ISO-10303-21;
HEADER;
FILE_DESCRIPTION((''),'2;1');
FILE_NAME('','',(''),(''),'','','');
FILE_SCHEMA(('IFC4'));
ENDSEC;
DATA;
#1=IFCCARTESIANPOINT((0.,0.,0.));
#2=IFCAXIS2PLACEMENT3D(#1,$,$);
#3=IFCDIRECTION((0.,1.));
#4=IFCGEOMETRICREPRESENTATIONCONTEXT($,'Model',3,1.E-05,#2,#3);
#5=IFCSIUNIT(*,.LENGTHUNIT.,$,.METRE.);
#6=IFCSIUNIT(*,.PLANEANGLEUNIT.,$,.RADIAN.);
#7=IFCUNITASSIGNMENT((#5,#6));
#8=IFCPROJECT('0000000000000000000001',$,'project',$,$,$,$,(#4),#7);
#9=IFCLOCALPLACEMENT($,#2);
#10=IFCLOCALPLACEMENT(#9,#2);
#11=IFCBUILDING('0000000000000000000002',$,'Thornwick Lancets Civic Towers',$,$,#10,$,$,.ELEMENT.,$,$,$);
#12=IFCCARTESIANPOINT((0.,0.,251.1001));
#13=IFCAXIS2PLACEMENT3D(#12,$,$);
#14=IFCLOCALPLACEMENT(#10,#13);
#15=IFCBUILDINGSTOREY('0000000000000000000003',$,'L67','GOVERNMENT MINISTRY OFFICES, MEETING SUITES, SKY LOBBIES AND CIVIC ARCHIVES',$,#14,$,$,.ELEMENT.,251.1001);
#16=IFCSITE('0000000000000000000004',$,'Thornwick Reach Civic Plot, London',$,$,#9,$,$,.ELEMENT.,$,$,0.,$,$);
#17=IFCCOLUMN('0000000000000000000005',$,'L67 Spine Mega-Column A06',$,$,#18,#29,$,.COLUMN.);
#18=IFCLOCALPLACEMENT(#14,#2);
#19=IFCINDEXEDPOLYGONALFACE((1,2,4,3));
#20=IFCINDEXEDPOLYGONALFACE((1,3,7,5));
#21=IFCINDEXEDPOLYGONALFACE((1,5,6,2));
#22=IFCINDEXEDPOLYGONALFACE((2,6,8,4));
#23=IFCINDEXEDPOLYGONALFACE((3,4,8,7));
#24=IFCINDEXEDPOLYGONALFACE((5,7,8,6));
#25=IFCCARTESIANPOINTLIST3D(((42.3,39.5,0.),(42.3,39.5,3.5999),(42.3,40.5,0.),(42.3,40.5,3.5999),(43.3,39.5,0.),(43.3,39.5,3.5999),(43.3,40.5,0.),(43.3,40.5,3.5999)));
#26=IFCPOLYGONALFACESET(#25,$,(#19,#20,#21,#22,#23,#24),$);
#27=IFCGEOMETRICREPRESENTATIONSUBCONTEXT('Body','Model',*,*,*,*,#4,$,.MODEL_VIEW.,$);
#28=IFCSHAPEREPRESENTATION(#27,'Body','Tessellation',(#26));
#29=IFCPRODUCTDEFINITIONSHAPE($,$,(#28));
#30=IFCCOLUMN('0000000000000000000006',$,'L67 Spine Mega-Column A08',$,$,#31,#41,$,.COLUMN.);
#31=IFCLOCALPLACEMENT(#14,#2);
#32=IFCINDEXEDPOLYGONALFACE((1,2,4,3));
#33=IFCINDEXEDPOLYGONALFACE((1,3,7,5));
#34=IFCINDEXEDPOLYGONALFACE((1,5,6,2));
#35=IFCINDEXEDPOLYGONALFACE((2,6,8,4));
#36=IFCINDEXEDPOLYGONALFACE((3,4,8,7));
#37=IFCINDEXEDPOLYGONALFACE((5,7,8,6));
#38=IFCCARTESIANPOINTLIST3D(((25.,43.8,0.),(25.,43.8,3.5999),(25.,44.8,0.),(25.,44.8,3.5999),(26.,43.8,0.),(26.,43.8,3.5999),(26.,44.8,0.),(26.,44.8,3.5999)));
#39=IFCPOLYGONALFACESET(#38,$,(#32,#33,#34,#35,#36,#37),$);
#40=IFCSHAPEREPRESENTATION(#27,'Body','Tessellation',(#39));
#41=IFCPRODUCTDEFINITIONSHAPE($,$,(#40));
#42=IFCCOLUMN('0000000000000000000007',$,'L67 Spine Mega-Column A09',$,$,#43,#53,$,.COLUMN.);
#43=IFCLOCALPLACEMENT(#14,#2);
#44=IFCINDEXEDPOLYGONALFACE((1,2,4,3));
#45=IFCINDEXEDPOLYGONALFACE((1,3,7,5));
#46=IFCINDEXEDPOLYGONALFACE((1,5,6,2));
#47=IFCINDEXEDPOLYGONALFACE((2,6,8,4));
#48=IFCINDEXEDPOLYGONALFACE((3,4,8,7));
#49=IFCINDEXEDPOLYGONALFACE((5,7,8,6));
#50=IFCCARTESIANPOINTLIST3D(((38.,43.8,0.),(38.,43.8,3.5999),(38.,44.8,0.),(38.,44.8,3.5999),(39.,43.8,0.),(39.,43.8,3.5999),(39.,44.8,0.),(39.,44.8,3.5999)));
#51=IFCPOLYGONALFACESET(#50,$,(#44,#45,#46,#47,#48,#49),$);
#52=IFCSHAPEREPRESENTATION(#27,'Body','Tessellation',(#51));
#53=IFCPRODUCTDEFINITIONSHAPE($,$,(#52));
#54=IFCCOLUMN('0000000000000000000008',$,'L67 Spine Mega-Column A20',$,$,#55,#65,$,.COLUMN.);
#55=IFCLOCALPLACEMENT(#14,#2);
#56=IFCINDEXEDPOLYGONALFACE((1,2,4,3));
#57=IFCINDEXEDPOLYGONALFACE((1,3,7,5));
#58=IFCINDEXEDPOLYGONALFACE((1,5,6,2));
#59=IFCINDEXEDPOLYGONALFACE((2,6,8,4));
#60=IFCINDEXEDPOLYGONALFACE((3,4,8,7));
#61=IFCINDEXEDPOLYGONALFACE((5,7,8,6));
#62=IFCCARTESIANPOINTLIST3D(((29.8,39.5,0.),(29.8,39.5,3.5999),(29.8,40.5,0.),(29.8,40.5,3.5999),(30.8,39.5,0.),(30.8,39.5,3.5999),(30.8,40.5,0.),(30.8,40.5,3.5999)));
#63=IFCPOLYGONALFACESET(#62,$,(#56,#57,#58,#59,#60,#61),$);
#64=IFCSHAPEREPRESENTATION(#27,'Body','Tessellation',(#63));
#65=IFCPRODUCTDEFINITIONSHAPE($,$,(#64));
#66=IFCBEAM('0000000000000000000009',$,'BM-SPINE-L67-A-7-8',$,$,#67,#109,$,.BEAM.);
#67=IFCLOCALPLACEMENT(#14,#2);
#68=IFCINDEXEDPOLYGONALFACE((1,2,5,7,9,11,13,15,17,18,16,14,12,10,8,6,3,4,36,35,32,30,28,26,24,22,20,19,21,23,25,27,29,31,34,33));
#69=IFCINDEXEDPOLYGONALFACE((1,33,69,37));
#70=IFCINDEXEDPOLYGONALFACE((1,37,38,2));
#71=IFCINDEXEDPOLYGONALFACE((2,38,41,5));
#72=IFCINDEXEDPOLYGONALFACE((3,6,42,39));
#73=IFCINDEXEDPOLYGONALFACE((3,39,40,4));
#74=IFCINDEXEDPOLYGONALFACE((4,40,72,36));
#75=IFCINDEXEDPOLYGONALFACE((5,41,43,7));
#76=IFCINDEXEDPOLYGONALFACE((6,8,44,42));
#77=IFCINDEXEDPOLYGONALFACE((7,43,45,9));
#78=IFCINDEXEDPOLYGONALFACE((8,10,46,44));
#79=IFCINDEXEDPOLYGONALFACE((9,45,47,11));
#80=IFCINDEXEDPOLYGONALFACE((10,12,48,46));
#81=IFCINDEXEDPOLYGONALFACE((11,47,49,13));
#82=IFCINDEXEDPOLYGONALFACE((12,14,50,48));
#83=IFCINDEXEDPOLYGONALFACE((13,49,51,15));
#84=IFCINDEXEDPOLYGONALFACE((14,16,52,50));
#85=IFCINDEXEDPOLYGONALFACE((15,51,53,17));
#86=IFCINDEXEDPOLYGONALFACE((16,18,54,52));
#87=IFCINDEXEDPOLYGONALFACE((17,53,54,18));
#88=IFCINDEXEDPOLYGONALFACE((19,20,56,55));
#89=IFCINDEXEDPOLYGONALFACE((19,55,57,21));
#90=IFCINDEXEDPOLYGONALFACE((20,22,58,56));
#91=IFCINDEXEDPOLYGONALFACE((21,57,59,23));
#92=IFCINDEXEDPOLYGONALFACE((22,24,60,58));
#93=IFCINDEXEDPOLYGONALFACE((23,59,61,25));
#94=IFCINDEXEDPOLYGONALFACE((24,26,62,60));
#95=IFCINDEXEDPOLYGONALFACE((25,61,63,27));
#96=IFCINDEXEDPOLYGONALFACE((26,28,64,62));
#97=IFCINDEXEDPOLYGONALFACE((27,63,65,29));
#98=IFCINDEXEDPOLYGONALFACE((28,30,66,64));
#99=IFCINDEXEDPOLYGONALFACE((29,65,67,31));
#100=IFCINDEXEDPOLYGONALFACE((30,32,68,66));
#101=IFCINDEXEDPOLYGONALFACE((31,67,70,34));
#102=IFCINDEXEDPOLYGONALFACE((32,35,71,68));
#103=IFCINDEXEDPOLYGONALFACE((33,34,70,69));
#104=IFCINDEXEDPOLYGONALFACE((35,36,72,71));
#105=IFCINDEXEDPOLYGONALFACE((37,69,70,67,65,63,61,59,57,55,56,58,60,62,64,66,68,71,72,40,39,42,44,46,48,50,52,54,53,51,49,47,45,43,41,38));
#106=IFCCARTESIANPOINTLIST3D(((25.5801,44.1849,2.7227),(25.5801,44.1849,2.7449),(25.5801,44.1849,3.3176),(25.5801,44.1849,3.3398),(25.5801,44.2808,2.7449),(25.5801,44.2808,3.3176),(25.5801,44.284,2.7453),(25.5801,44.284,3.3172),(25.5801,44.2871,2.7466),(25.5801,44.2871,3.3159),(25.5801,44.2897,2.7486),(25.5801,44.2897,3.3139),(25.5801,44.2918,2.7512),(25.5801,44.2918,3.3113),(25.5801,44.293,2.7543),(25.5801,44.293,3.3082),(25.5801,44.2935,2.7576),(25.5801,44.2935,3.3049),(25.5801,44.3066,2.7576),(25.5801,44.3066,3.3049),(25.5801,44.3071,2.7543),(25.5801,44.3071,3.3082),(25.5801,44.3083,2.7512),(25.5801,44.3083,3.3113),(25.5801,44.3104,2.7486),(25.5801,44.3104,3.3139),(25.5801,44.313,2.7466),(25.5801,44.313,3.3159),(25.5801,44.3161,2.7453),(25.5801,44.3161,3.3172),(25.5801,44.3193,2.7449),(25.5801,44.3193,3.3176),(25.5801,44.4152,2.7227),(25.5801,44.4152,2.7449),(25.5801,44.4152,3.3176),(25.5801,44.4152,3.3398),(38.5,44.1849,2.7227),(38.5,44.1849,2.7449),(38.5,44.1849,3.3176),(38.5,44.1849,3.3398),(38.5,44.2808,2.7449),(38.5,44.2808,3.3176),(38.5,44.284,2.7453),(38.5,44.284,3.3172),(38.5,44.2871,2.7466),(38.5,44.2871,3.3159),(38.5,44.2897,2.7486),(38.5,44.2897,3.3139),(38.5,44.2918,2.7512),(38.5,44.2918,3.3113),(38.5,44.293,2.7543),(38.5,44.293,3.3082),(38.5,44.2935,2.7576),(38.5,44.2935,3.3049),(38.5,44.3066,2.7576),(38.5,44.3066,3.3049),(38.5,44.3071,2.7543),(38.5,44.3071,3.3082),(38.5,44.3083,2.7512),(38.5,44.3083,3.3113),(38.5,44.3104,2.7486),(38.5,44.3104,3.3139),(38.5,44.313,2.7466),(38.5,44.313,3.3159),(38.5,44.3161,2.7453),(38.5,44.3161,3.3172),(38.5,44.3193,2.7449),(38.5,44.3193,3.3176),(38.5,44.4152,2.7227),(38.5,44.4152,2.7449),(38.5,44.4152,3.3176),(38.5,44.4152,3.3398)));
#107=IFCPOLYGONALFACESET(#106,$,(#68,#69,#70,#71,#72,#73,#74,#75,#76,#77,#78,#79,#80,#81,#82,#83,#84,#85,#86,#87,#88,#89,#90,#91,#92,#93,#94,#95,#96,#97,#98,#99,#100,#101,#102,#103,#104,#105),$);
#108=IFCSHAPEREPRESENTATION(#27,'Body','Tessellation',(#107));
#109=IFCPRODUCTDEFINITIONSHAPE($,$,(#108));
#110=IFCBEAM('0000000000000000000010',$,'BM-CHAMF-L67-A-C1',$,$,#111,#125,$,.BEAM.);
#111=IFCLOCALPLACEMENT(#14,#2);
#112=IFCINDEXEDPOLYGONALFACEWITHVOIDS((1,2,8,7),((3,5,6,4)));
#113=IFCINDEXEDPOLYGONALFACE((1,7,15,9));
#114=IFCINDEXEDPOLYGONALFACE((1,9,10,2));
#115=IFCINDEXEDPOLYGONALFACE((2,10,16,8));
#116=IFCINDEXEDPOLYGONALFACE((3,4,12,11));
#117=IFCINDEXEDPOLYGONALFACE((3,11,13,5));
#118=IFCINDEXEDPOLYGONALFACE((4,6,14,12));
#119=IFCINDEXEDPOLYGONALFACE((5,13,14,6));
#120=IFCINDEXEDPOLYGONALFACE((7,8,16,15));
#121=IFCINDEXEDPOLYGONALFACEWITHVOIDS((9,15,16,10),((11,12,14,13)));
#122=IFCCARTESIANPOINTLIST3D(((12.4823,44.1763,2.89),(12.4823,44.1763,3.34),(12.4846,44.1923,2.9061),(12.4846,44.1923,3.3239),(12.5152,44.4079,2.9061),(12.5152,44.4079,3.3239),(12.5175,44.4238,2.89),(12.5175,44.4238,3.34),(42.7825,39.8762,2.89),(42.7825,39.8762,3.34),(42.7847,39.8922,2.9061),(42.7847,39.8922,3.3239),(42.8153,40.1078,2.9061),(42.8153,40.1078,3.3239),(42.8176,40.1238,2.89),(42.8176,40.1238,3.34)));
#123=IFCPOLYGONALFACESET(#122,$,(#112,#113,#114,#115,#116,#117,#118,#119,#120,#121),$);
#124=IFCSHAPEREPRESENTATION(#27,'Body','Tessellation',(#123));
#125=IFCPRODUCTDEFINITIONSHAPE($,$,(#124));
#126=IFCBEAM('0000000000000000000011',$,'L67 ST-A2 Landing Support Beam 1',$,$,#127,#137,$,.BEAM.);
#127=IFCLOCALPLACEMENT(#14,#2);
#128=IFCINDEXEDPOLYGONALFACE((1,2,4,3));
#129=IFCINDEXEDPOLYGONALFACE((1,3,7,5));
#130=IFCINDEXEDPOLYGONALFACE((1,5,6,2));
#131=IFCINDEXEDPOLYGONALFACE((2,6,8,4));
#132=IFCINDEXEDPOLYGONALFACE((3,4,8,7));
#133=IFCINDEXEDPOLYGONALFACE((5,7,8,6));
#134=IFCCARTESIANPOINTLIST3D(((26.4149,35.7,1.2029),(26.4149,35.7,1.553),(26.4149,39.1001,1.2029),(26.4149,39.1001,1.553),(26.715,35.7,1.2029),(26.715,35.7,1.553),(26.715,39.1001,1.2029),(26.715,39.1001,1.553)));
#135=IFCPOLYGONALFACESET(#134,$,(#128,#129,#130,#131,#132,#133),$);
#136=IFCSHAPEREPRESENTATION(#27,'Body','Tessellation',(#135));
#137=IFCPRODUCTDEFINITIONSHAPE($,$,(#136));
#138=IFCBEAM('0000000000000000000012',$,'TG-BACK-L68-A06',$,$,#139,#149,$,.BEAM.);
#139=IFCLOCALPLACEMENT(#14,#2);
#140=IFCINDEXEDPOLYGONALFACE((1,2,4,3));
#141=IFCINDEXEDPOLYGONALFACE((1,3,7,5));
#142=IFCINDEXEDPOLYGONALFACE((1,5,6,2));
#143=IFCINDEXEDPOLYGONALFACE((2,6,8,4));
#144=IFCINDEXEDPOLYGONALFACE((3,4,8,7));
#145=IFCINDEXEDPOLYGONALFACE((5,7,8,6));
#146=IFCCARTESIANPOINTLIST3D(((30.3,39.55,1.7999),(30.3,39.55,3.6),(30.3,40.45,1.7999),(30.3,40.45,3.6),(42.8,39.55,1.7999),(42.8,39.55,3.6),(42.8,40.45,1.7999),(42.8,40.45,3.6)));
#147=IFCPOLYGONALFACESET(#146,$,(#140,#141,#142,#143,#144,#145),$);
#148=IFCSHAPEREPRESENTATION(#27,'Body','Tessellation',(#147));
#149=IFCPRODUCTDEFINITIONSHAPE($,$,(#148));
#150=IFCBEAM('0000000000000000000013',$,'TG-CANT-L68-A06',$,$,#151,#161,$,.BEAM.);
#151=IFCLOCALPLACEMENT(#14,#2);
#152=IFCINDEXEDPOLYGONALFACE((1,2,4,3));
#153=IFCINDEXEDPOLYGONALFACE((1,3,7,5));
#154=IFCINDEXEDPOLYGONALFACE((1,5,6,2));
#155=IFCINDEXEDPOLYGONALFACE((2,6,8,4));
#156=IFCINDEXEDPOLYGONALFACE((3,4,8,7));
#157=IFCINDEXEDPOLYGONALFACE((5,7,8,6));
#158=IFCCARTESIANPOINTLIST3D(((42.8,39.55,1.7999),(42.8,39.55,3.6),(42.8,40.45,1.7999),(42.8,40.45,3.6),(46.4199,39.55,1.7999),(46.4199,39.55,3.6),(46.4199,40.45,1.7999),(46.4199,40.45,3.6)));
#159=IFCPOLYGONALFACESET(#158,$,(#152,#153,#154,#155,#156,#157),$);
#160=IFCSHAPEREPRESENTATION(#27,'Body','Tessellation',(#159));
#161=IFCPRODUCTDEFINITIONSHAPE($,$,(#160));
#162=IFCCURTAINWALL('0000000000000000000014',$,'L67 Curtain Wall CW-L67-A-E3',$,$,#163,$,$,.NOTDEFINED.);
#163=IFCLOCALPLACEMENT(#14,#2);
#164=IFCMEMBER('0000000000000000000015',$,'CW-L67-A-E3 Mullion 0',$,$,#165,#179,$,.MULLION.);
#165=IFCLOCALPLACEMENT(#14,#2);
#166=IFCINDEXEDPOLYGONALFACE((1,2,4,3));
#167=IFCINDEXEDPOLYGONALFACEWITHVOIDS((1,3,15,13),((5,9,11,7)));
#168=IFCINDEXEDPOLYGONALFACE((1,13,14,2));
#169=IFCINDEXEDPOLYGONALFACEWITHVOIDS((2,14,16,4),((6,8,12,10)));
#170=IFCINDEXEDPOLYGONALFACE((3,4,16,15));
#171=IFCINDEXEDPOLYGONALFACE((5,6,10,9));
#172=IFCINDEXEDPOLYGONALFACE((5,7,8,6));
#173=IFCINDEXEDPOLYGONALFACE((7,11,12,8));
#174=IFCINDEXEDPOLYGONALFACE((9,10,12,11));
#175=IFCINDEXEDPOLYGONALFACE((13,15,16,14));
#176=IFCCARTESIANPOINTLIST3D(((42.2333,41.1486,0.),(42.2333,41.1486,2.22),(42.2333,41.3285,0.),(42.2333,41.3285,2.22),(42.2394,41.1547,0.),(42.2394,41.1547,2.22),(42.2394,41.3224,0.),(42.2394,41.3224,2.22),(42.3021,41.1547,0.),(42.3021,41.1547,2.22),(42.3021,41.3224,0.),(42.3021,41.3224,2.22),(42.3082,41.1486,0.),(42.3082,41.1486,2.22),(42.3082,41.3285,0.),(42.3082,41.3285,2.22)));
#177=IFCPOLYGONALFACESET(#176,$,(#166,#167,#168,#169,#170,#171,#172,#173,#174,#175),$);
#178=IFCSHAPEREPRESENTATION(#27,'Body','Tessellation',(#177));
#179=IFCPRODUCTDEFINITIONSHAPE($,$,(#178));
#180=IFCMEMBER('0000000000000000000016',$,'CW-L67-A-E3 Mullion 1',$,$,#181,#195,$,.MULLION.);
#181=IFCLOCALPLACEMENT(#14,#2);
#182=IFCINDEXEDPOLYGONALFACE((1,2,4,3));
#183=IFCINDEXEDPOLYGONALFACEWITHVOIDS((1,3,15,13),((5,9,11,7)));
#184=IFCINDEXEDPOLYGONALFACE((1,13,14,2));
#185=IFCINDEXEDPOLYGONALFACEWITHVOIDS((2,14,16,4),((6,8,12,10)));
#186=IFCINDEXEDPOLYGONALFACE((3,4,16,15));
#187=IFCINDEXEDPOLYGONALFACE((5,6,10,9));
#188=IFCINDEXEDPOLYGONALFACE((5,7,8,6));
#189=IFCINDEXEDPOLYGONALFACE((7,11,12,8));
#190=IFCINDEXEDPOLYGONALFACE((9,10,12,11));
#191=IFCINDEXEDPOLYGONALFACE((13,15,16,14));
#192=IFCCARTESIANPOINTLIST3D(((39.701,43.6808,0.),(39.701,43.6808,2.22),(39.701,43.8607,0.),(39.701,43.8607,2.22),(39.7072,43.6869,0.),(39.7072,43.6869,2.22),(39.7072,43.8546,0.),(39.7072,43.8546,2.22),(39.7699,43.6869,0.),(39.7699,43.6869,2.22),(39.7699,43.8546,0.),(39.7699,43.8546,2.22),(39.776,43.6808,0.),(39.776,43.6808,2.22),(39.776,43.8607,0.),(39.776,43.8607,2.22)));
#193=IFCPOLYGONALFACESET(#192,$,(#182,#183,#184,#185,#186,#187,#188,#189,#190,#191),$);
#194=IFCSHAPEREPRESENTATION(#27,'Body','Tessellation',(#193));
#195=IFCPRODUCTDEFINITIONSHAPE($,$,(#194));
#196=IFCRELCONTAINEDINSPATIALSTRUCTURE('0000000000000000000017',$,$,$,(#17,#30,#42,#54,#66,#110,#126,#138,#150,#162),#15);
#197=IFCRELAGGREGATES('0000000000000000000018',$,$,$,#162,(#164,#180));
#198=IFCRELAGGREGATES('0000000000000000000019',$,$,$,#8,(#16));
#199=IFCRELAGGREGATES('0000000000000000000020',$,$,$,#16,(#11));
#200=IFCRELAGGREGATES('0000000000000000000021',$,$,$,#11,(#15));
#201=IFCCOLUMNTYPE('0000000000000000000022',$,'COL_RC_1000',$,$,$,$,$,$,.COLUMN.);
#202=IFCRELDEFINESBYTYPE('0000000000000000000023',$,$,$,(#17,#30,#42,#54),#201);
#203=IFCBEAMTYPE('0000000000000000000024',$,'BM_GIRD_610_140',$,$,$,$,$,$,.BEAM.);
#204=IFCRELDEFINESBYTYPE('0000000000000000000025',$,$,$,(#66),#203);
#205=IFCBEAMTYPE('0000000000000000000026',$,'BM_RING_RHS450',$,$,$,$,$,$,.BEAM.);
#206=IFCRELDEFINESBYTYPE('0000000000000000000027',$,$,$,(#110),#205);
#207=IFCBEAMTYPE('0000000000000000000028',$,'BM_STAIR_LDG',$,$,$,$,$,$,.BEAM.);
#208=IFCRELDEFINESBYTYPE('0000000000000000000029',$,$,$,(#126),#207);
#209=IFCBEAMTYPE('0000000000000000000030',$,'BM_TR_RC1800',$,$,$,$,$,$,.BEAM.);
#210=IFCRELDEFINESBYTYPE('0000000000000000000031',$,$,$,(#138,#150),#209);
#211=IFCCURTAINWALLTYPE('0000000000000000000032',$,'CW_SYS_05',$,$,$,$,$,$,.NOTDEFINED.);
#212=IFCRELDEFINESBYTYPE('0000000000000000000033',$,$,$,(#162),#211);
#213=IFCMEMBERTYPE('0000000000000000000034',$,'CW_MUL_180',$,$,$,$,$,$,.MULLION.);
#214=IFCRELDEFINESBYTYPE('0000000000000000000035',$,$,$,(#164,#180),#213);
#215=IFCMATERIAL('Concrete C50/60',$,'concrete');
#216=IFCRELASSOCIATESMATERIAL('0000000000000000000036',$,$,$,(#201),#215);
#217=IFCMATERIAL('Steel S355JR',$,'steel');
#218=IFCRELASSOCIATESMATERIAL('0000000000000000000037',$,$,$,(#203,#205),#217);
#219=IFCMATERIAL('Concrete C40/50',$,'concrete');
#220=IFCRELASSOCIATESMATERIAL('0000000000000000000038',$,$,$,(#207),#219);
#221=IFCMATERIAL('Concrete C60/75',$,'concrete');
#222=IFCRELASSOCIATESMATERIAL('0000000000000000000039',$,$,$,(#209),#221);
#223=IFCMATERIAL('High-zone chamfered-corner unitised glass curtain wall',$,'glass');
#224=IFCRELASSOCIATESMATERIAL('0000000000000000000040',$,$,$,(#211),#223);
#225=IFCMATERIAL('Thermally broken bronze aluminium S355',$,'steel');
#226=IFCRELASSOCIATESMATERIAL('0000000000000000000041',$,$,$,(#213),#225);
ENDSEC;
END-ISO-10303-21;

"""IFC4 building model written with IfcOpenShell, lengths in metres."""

from ifc_helpers import new_model, si_unit, direction, frame, origin, origin_2d, place, context, subcontext, project, spatial, rectangle, hollow_rectangle, i_section, extrude, material, material_profile, profile_set, type_object, element, aggregate, save


model = new_model("IFC4")

# Units and contexts
model_context = context("Model", 3, precision=1e-05, world=origin(), true_north=direction((0.0, 1.0)))
body_context = subcontext(model_context, "Body", "Model", "MODEL_VIEW")
ifc_project = project(units=[si_unit("LENGTHUNIT", "METRE"), si_unit("PLANEANGLEUNIT", "RADIAN")], contexts=[model_context])

# Site, building, storey
site_placement = place(None, origin())
site = spatial("IfcSite", under=ifc_project, at=site_placement, Name="Thornwick Reach Civic Plot, London", CompositionType="ELEMENT", RefElevation=0.0)
building_placement = place(site_placement, origin())
building = spatial("IfcBuilding", under=site, at=building_placement, Name="Thornwick Lancets Civic Towers", CompositionType="ELEMENT")
storey_placement = place(building_placement, frame((0.0, 0.0, 251.1001)))
storey = spatial("IfcBuildingStorey", under=building, at=storey_placement, Name="L67", Description="GOVERNMENT MINISTRY OFFICES, MEETING SUITES, SKY LOBBIES AND CIVIC ARCHIVES", CompositionType="ELEMENT", Elevation=251.1001)

# Columns
ifc_material_1 = material(Name="Concrete C50/60", Category="concrete")
ifc_material_profile_1 = material_profile(ifc_material_1, rectangle(XDim=1.0, YDim=1.0, at=origin_2d()), Name="RC 1000x1000")
ifc_profile_set_1 = profile_set([ifc_material_profile_1], Name="Concrete C50/60")
column_type = type_object("IfcColumnType", Name="COL_RC_1000", PredefinedType="COLUMN", material=ifc_profile_set_1)
for number, where, z_axis, x_axis, name in (
    (1, (42.8, 40.0, 0.0), (0.0, 0.0, 1.0), (1.0, 0.0, 0.0), "L67 Spine Mega-Column A06"),
    (2, (25.5, 44.3, 0.0), (0.0, 0.0, 1.0), (1.0, 0.0, 0.0), "L67 Spine Mega-Column A08"),
    (3, (38.5, 44.3, 0.0), (0.0, 0.0, 1.0), (1.0, 0.0, 0.0), "L67 Spine Mega-Column A09"),
    (4, (30.3, 40.0, 0.0), (0.0, 0.0, 1.0), (1.0, 0.0, 0.0), "L67 Spine Mega-Column A20"),
):
    element("IfcColumn", number, at=place(storey_placement, frame(where, z_axis=z_axis, x_axis=x_axis)), inside=storey, type_object=column_type, Name=name, PredefinedType="COLUMN", context=body_context, shape_type="SweptSolid", body=[
        extrude(rectangle(XDim=1.0, YDim=1.0, at=origin_2d()), origin(), (0.0, 0.0, 1.0), 3.5999),
    ])

# Beams
ifc_material_2 = material(Name="Steel S355JR", Category="steel")
ifc_material_profile_2 = material_profile(ifc_material_2, i_section(OverallWidth=0.2302, OverallDepth=0.6172, WebThickness=0.0132, FlangeThickness=0.0222, FilletRadius=0.0127, at=origin_2d()), Name="UKB 610x229x140")
ifc_profile_set_2 = profile_set([ifc_material_profile_2], Name="Steel S355JR")
beam_type_1 = type_object("IfcBeamType", Name="BM_GIRD_610_140", PredefinedType="BEAM", material=ifc_profile_set_2)
beam_1_placement = place(storey_placement, frame((25.5801, 44.3, 3.0312), z_axis=(1.0, 0.0, 0.0), x_axis=(0.0, 1.0, 0.0)))
element("IfcBeam", 5, at=beam_1_placement, inside=storey, type_object=beam_type_1, Name="BM-SPINE-L67-A-7-8", PredefinedType="BEAM", context=body_context, shape_type="SweptSolid", body=[
    extrude(i_section(OverallWidth=0.2302, OverallDepth=0.6172, WebThickness=0.0132, FlangeThickness=0.0222, FilletRadius=0.0127, at=origin_2d()), origin(), (0.0, 0.0, 1.0), 12.9199),
])
ifc_material_profile_3 = material_profile(ifc_material_2, hollow_rectangle(XDim=0.25, YDim=0.45, WallThickness=0.0161, at=origin_2d()), Name="RHS 450x250x16")
ifc_profile_set_3 = profile_set([ifc_material_profile_3], Name="Steel S355JR")
beam_type_2 = type_object("IfcBeamType", Name="BM_RING_RHS450", PredefinedType="BEAM", material=ifc_profile_set_3)
beam_2_placement = place(storey_placement, frame((42.8, 40.0, 3.115), z_axis=(-0.99008, 0.140508, 0.0), x_axis=(-0.140508, -0.99008, 0.0)))
element("IfcBeam", 6, at=beam_2_placement, inside=storey, type_object=beam_type_2, Name="BM-CHAMF-L67-A-C1", PredefinedType="BEAM", context=body_context, shape_type="SweptSolid", body=[
    extrude(hollow_rectangle(XDim=0.25, YDim=0.45, WallThickness=0.0161, at=origin_2d()), origin(), (0.0, 0.0, 1.0), 30.6038),
])
ifc_material_3 = material(Name="Concrete C40/50", Category="concrete")
ifc_material_profile_4 = material_profile(ifc_material_3, rectangle(XDim=0.3, YDim=0.3501, at=origin_2d()), Name="RC 300x350")
ifc_profile_set_4 = profile_set([ifc_material_profile_4], Name="Concrete C40/50")
beam_type_3 = type_object("IfcBeamType", Name="BM_STAIR_LDG", PredefinedType="BEAM", material=ifc_profile_set_4)
beam_3_placement = place(storey_placement, frame((26.5649, 39.1001, 1.3779), z_axis=(0.0, -1.0, 0.0), x_axis=(1.0, 0.0, 0.0)))
element("IfcBeam", 7, at=beam_3_placement, inside=storey, type_object=beam_type_3, Name="L67 ST-A2 Landing Support Beam 1", PredefinedType="BEAM", context=body_context, shape_type="SweptSolid", body=[
    extrude(rectangle(XDim=0.3, YDim=0.3501, at=origin_2d()), origin(), (0.0, 0.0, 1.0), 3.4001),
])
ifc_material_4 = material(Name="Concrete C60/75", Category="concrete")
ifc_material_profile_5 = material_profile(ifc_material_4, rectangle(XDim=0.8999, YDim=1.8, at=origin_2d()), Name="RC 900x1800")
ifc_profile_set_5 = profile_set([ifc_material_profile_5], Name="Concrete C60/75")
beam_type_4 = type_object("IfcBeamType", Name="BM_TR_RC1800", PredefinedType="BEAM", material=ifc_profile_set_5)
beam_4_placement = place(storey_placement, frame((30.3, 40.0, 2.7), z_axis=(1.0, 0.0, 0.0), x_axis=(0.0, 1.0, 0.0)))
element("IfcBeam", 8, at=beam_4_placement, inside=storey, type_object=beam_type_4, Name="TG-BACK-L68-A06", PredefinedType="BEAM", context=body_context, shape_type="SweptSolid", body=[
    extrude(rectangle(XDim=0.8999, YDim=1.8, at=origin_2d()), origin(), (0.0, 0.0, 1.0), 12.5),
])
beam_5_placement = place(storey_placement, frame((42.8, 40.0, 2.7), z_axis=(1.0, 0.0, 0.0), x_axis=(0.0, 1.0, 0.0)))
element("IfcBeam", 9, at=beam_5_placement, inside=storey, type_object=beam_type_4, Name="TG-CANT-L68-A06", PredefinedType="BEAM", context=body_context, shape_type="SweptSolid", body=[
    extrude(rectangle(XDim=0.8999, YDim=1.8, at=origin_2d()), origin(), (0.0, 0.0, 1.0), 3.6199),
])

# Curtain wall, members
ifc_material_5 = material(Name="High-zone chamfered-corner unitised glass curtain wall", Category="glass")
curtain_wall_type = type_object("IfcCurtainWallType", Name="CW_SYS_05", PredefinedType="NOTDEFINED", material=ifc_material_5)
curtain_wall_placement = place(storey_placement, origin())
curtain_wall = element("IfcCurtainWall", 10, at=curtain_wall_placement, inside=storey, type_object=curtain_wall_type, Name="L67 Curtain Wall CW-L67-A-E3", PredefinedType="NOTDEFINED")
ifc_material_6 = material(Name="Thermally broken bronze aluminium S355", Category="steel")
ifc_material_profile_6 = material_profile(ifc_material_6, hollow_rectangle(XDim=0.075, YDim=0.1799, WallThickness=0.0061, at=origin_2d()), Name="RHS 180x75x6")
ifc_profile_set_6 = profile_set([ifc_material_profile_6], Name="Thermally broken bronze aluminium S355")
member_type_1 = type_object("IfcMemberType", Name="CW_MUL_180", PredefinedType="MULLION", material=ifc_profile_set_6)
member_1_placement = place(storey_placement, frame((42.2708, 41.2385, 0.0), z_axis=(0.0, 0.0, 1.0), x_axis=(1.0, 0.0, 0.0)))
member_1 = element("IfcMember", 11, at=member_1_placement, type_object=member_type_1, Name="CW-L67-A-E3 Mullion 0", PredefinedType="MULLION", context=body_context, shape_type="SweptSolid", body=[
    extrude(hollow_rectangle(XDim=0.075, YDim=0.1799, WallThickness=0.0061, at=origin_2d()), origin(), (0.0, 0.0, 1.0), 2.22),
])
member_2_placement = place(storey_placement, frame((39.7385, 43.7708, 0.0), z_axis=(0.0, 0.0, 1.0), x_axis=(1.0, 0.0, 0.0)))
member_2 = element("IfcMember", 12, at=member_2_placement, type_object=member_type_1, Name="CW-L67-A-E3 Mullion 1", PredefinedType="MULLION", context=body_context, shape_type="SweptSolid", body=[
    extrude(hollow_rectangle(XDim=0.075, YDim=0.1799, WallThickness=0.0061, at=origin_2d()), origin(), (0.0, 0.0, 1.0), 2.22),
])

aggregate(curtain_wall, [member_1, member_2])

save(model, "model.ifc")
